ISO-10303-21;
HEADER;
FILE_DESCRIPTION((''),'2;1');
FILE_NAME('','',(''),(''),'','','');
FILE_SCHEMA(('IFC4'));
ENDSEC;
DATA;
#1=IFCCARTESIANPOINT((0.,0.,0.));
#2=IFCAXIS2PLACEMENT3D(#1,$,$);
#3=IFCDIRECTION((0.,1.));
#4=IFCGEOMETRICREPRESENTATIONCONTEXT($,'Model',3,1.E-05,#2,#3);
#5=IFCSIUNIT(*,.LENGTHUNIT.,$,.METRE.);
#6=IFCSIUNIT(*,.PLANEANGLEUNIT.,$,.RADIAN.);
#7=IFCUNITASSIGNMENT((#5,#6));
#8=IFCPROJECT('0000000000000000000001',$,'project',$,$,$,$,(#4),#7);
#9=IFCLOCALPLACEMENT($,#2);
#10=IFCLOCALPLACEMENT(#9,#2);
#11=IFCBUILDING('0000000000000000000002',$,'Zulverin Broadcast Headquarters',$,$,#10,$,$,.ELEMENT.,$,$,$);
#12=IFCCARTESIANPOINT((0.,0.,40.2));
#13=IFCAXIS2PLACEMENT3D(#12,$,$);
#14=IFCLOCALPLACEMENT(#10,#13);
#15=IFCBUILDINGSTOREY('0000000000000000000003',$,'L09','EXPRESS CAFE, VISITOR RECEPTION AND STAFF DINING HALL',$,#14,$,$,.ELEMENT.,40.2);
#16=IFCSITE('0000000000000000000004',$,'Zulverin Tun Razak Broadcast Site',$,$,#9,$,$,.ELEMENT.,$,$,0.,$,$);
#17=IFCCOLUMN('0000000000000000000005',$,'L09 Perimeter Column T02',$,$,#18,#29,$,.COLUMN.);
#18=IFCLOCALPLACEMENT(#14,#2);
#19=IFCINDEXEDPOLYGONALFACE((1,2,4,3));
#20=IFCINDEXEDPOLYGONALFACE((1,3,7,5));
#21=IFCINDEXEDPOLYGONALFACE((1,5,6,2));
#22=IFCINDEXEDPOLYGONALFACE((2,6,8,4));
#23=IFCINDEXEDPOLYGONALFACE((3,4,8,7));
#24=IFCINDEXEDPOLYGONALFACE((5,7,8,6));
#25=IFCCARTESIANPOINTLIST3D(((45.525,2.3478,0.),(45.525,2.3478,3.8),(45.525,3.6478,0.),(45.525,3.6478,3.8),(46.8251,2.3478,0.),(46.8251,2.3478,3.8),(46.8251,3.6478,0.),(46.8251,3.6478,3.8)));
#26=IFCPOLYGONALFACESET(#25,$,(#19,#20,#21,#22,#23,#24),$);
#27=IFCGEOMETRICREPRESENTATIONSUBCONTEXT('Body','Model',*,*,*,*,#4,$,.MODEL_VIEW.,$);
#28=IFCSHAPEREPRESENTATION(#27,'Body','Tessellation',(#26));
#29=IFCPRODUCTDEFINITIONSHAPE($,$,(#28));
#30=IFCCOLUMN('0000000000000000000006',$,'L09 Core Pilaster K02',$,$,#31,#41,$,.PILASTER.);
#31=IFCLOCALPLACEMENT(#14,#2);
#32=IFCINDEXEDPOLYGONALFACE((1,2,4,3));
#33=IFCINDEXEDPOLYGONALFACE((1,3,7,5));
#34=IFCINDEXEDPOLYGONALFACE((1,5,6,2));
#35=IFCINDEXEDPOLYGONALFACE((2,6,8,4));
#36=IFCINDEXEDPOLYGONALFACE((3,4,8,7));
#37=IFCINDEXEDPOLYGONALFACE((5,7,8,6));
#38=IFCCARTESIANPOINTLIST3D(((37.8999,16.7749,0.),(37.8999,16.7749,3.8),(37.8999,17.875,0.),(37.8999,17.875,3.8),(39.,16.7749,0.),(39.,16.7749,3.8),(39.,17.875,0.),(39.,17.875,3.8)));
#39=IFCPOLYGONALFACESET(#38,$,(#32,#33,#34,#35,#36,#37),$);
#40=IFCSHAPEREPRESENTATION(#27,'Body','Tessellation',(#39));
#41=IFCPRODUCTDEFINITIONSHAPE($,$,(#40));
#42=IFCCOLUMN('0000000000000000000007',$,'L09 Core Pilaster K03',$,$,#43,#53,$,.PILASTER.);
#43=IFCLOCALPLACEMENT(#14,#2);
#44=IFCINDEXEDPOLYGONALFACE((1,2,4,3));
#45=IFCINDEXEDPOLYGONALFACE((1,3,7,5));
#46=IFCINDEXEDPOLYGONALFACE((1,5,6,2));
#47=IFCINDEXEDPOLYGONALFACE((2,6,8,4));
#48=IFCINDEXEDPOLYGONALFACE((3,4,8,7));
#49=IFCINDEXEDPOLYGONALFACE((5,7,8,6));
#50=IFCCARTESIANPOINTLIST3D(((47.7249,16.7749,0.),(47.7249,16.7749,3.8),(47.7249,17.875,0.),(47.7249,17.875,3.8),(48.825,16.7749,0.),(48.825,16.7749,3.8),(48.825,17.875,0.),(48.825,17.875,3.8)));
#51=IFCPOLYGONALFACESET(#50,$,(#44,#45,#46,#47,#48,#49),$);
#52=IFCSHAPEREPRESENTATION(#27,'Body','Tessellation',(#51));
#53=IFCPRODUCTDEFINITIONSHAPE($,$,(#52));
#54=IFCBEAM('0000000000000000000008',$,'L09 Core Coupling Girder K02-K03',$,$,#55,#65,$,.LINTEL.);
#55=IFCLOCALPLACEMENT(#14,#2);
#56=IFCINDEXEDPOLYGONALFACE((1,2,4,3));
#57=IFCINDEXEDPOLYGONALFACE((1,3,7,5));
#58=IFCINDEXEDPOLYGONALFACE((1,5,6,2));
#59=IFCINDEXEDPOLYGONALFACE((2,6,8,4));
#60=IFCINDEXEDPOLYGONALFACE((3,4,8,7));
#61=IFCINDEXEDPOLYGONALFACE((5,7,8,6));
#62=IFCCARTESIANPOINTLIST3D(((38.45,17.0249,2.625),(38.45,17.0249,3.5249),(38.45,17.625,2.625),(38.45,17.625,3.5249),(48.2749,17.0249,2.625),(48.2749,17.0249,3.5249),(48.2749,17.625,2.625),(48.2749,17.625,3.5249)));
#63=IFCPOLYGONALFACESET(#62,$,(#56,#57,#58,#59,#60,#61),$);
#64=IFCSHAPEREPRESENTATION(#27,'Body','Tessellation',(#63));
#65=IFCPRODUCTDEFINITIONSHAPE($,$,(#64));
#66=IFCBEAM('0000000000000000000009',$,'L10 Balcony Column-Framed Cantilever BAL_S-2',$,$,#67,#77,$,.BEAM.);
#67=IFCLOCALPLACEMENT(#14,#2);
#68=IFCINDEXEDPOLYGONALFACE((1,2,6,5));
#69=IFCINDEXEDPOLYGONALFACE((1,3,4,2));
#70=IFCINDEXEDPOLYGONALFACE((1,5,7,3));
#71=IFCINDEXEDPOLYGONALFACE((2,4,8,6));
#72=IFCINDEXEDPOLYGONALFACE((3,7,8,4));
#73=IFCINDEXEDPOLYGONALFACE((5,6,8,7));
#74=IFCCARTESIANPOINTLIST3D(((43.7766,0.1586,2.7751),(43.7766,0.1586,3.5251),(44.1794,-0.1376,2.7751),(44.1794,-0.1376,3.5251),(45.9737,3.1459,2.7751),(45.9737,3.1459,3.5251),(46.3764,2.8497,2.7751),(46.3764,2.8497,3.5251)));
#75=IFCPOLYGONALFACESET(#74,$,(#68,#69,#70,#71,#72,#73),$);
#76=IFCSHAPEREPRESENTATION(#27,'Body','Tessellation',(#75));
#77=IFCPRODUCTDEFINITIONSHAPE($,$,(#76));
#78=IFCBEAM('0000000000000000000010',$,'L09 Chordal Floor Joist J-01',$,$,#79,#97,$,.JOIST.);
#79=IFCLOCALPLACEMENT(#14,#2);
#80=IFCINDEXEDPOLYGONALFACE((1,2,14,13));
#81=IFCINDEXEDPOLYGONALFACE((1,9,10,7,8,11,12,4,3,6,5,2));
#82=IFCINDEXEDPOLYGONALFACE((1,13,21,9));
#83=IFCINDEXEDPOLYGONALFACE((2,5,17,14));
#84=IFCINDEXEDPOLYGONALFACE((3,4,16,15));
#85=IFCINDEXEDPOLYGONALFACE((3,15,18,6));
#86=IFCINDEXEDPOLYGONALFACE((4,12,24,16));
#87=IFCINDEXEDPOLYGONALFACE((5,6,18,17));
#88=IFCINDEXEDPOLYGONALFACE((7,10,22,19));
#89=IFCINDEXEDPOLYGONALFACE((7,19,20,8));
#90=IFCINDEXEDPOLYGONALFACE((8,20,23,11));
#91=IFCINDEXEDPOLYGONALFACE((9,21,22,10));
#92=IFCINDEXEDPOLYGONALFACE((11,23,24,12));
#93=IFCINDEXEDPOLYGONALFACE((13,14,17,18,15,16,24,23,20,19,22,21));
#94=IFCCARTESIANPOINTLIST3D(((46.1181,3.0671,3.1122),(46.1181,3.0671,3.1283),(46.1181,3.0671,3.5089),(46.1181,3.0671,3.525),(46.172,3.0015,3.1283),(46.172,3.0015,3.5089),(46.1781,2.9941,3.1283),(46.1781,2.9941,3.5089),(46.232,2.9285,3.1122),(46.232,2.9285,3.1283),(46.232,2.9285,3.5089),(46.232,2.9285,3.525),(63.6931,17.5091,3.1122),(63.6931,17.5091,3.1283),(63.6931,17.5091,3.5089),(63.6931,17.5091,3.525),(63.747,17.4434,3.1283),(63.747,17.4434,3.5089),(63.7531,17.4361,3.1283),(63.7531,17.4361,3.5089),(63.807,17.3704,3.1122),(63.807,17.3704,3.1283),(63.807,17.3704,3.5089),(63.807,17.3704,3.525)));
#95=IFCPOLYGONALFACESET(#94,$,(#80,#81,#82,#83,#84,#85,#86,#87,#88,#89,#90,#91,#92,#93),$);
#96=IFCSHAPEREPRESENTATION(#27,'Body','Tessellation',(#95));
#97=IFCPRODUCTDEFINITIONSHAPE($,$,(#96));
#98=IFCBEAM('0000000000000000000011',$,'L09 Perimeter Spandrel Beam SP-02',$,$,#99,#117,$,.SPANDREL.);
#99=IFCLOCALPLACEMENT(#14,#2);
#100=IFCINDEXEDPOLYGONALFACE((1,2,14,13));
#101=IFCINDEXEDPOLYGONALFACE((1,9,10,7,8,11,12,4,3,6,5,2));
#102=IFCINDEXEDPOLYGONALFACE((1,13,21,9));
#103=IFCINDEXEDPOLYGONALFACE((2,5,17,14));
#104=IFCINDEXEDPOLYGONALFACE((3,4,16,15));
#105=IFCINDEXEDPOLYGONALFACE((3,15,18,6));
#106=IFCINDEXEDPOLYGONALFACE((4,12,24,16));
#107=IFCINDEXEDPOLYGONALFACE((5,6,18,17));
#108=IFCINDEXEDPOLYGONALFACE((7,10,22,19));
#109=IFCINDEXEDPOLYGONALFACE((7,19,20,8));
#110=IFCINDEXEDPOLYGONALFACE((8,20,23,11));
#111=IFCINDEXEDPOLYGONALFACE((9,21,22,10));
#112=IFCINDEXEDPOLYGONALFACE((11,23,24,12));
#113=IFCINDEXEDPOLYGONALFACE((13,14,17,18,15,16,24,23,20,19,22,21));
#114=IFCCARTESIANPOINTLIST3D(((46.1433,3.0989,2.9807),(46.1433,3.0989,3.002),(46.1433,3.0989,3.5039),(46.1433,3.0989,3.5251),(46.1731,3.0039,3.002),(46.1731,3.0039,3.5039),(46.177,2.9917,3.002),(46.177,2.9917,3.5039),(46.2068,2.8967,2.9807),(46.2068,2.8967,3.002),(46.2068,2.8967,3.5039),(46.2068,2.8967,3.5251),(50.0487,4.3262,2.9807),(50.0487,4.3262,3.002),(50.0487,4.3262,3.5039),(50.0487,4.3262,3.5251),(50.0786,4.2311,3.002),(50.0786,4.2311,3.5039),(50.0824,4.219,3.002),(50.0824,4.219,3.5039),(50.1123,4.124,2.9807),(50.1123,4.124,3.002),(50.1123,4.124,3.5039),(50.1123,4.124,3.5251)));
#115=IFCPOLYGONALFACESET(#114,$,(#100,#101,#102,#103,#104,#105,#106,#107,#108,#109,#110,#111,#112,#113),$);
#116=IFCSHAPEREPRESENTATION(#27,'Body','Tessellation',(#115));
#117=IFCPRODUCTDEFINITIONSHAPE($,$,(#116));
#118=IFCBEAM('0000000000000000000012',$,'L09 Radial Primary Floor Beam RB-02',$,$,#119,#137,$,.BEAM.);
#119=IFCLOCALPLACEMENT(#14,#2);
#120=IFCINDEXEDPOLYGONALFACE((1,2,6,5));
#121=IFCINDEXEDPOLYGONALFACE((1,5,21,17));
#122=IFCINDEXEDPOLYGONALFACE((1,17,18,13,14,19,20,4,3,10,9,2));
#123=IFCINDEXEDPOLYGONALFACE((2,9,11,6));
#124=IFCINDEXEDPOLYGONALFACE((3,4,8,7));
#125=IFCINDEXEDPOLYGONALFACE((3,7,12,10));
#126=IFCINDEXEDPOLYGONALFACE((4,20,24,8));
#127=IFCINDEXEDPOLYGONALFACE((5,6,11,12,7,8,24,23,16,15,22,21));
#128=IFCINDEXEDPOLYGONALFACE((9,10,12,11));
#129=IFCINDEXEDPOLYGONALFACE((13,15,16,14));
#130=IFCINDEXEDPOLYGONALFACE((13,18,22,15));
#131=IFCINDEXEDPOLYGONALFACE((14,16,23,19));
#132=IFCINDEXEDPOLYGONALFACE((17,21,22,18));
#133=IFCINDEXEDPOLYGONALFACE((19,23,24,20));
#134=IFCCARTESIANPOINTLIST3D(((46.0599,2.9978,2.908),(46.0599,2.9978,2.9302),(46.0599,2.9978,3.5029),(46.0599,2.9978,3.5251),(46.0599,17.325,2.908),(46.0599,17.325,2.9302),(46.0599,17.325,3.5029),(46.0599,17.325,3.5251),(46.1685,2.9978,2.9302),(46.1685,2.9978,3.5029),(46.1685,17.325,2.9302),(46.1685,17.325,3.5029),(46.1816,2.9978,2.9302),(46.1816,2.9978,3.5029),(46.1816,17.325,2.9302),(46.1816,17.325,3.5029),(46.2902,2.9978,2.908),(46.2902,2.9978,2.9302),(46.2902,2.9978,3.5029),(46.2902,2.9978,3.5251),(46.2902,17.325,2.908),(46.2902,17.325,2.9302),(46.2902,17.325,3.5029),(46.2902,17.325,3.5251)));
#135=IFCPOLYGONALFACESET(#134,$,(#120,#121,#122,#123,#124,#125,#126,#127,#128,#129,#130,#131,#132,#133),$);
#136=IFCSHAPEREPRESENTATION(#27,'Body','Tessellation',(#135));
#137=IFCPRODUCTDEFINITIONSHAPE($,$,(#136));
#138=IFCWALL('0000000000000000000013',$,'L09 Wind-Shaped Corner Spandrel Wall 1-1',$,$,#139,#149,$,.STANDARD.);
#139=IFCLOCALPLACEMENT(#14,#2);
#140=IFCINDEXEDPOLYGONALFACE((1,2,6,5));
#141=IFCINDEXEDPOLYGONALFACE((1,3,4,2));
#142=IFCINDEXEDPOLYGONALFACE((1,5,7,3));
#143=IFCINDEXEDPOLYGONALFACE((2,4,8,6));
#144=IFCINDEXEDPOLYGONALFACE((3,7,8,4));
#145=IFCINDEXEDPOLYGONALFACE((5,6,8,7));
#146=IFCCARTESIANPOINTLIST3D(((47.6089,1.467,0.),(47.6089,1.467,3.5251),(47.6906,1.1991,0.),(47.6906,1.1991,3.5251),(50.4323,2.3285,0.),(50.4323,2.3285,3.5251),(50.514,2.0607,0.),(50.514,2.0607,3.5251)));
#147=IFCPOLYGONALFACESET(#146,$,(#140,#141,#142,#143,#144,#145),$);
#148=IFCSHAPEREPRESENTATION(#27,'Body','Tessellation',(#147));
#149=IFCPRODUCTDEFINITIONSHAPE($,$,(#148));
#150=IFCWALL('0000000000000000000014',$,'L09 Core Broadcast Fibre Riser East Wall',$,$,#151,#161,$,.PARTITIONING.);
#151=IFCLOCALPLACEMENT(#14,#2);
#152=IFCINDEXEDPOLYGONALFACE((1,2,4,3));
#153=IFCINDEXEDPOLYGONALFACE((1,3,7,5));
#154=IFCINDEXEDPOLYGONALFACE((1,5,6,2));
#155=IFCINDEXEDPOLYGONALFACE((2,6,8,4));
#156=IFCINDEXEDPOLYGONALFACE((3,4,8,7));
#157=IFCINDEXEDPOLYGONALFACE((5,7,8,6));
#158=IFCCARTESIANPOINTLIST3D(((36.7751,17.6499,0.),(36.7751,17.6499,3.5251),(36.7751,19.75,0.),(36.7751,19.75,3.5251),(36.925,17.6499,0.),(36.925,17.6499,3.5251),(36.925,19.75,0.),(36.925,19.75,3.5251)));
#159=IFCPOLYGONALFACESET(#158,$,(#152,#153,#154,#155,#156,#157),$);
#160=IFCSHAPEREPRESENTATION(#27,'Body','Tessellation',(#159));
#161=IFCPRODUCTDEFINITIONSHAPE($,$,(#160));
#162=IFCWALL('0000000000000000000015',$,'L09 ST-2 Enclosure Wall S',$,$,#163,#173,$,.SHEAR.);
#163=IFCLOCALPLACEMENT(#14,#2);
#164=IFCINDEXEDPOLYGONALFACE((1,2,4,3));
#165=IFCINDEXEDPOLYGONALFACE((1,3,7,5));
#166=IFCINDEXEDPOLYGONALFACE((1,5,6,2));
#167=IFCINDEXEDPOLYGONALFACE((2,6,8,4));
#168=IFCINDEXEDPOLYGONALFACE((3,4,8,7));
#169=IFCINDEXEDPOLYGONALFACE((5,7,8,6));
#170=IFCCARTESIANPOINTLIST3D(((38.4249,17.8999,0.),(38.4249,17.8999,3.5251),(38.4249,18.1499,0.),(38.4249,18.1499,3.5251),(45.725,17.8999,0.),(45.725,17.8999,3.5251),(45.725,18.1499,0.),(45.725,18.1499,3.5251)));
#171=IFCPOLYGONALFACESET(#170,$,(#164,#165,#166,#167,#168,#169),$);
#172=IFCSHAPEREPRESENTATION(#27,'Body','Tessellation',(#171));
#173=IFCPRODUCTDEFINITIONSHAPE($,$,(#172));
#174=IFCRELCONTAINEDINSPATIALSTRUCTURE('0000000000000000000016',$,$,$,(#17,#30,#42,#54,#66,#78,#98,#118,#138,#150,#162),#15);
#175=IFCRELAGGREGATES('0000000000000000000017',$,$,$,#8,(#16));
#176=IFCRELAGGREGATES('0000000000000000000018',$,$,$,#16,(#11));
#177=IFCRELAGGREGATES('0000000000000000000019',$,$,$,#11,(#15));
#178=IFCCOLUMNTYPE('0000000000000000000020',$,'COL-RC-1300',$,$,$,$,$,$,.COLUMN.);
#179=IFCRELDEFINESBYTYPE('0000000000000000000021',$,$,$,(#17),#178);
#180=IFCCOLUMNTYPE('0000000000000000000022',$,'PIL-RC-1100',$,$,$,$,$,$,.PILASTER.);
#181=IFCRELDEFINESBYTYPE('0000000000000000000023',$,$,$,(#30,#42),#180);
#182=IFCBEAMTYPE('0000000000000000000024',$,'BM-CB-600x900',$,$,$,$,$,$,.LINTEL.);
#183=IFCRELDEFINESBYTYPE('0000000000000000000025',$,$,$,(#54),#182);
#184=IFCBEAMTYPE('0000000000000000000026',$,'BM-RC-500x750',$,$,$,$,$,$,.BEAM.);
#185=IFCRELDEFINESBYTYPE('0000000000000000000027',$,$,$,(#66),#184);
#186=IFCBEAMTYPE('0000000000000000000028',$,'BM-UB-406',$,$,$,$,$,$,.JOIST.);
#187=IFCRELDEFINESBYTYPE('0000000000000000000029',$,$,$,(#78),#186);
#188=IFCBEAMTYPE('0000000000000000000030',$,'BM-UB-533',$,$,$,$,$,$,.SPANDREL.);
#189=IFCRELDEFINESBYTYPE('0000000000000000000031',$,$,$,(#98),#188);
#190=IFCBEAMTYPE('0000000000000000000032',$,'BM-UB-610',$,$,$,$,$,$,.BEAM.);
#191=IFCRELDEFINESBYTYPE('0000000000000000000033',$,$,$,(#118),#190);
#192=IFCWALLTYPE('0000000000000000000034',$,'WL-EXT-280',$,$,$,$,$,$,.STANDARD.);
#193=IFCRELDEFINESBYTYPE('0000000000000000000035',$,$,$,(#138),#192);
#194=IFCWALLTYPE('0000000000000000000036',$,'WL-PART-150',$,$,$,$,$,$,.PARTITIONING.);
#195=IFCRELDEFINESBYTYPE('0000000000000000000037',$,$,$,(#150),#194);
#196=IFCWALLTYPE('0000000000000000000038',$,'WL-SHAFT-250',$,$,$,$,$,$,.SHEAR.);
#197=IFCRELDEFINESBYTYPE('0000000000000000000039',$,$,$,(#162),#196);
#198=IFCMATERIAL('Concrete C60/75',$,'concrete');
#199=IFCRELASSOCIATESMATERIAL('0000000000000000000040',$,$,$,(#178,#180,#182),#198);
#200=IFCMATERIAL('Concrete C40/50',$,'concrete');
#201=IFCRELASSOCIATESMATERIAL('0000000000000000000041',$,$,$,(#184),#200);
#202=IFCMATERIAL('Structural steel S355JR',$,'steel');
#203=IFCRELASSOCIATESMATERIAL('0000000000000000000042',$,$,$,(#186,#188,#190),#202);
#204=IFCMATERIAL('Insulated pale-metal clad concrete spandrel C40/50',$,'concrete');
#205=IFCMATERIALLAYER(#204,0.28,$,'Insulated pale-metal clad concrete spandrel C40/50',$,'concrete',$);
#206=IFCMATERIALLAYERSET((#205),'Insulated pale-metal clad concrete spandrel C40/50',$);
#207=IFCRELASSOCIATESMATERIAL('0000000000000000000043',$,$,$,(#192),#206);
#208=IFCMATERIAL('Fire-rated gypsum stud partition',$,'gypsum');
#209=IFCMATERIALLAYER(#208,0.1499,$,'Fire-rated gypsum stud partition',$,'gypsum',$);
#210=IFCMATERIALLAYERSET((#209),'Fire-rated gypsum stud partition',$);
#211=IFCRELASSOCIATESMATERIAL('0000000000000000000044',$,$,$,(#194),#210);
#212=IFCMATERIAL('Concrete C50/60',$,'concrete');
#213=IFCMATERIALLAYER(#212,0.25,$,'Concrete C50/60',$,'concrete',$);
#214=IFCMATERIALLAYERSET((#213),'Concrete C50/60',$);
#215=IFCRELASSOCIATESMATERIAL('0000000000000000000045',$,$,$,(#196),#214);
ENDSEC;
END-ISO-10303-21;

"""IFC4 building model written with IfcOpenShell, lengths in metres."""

from ifc_helpers import new_model, si_unit, direction, frame, frame_2d, origin, origin_2d, place, context, subcontext, project, spatial, rectangle, i_section, extrude, material, layer, layer_set, material_profile, profile_set, type_object, element, save


model = new_model("IFC4")

# Units and contexts
model_context = context("Model", 3, precision=1e-05, world=origin(), true_north=direction((0.0, 1.0)))
body_context = subcontext(model_context, "Body", "Model", "MODEL_VIEW")
ifc_project = project(units=[si_unit("LENGTHUNIT", "METRE"), si_unit("PLANEANGLEUNIT", "RADIAN")], contexts=[model_context])

# Site, building, storey
site_placement = place(None, origin())
site = spatial("IfcSite", under=ifc_project, at=site_placement, Name="Zulverin Tun Razak Broadcast Site", CompositionType="ELEMENT", RefElevation=0.0)
building_placement = place(site_placement, origin())
building = spatial("IfcBuilding", under=site, at=building_placement, Name="Zulverin Broadcast Headquarters", CompositionType="ELEMENT")
storey_placement = place(building_placement, frame((0.0, 0.0, 40.2)))
storey = spatial("IfcBuildingStorey", under=building, at=storey_placement, Name="L09", Description="EXPRESS CAFE, VISITOR RECEPTION AND STAFF DINING HALL", CompositionType="ELEMENT", Elevation=40.2)

# Columns
ifc_material_1 = material(Name="Concrete C60/75", Category="concrete")
ifc_material_profile_1 = material_profile(ifc_material_1, rectangle(XDim=1.3, YDim=1.3, at=origin_2d()), Name="Concrete C60/75", Category="concrete")
ifc_profile_set_1 = profile_set([ifc_material_profile_1], Name="Concrete C60/75")
column_type_1 = type_object("IfcColumnType", Name="COL-RC-1300", PredefinedType="COLUMN", material=ifc_profile_set_1)
column_placement = place(storey_placement, frame((46.175, 2.9978, 0.0), z_axis=(0.0, 0.0, 1.0), x_axis=(1.0, 0.0, 0.0)))
element("IfcColumn", 1, at=column_placement, inside=storey, type_object=column_type_1, Name="L09 Perimeter Column T02", PredefinedType="COLUMN", context=body_context, shape_type="SweptSolid", body=[
    extrude(rectangle(XDim=1.3, YDim=1.3, at=origin_2d()), origin(), (0.0, 0.0, 1.0), 3.8),
])
ifc_material_profile_2 = material_profile(ifc_material_1, rectangle(XDim=1.1001, YDim=1.1001, at=origin_2d()), Name="Concrete C60/75", Category="concrete")
ifc_profile_set_2 = profile_set([ifc_material_profile_2], Name="Concrete C60/75")
column_type_2 = type_object("IfcColumnType", Name="PIL-RC-1100", PredefinedType="PILASTER", material=ifc_profile_set_2)
for number, where, z_axis, x_axis, name in (
    (2, (38.45, 17.325, 0.0), (0.0, 0.0, 1.0), (1.0, 0.0, 0.0), "L09 Core Pilaster K02"),
    (3, (48.2749, 17.325, 0.0), (0.0, 0.0, 1.0), (1.0, 0.0, 0.0), "L09 Core Pilaster K03"),
):
    element("IfcColumn", number, at=place(storey_placement, frame(where, z_axis=z_axis, x_axis=x_axis)), inside=storey, type_object=column_type_2, Name=name, PredefinedType="PILASTER", context=body_context, shape_type="SweptSolid", body=[
        extrude(rectangle(XDim=1.1001, YDim=1.1001, at=origin_2d()), origin(), (0.0, 0.0, 1.0), 3.8),
    ])

# Beams
ifc_material_profile_3 = material_profile(ifc_material_1, rectangle(XDim=0.6001, YDim=0.8999, at=origin_2d()), Name="Concrete C60/75", Category="concrete")
ifc_profile_set_3 = profile_set([ifc_material_profile_3], Name="Concrete C60/75")
beam_type_1 = type_object("IfcBeamType", Name="BM-CB-600x900", PredefinedType="LINTEL", material=ifc_profile_set_3)
beam_1_placement = place(storey_placement, frame((38.45, 17.325, 3.075), z_axis=(1.0, 0.0, 0.0), x_axis=(0.0, 1.0, 0.0)))
element("IfcBeam", 4, at=beam_1_placement, inside=storey, type_object=beam_type_1, Name="L09 Core Coupling Girder K02-K03", PredefinedType="LINTEL", context=body_context, shape_type="SweptSolid", body=[
    extrude(rectangle(XDim=0.6001, YDim=0.8999, at=origin_2d()), origin(), (0.0, 0.0, 1.0), 9.825),
])
ifc_material_2 = material(Name="Concrete C40/50", Category="concrete")
ifc_material_profile_4 = material_profile(ifc_material_2, rectangle(XDim=0.5, YDim=0.75, at=origin_2d()), Name="Concrete C40/50", Category="concrete")
ifc_profile_set_4 = profile_set([ifc_material_profile_4], Name="Concrete C40/50")
beam_type_2 = type_object("IfcBeamType", Name="BM-RC-500x750", PredefinedType="BEAM", material=ifc_profile_set_4)
beam_2_placement = place(storey_placement, frame((46.175, 2.9978, 3.1501), z_axis=(-0.592473, -0.80559, 0.0), x_axis=(0.80559, -0.592473, 0.0)))
element("IfcBeam", 5, at=beam_2_placement, inside=storey, type_object=beam_type_2, Name="L10 Balcony Column-Framed Cantilever BAL_S-2", PredefinedType="BEAM", context=body_context, shape_type="SweptSolid", body=[
    extrude(rectangle(XDim=0.5, YDim=0.75, at=origin_2d()), origin(), (0.0, 0.0, 1.0), 3.7083),
])
ifc_material_3 = material(Name="Structural steel S355JR", Category="steel")
ifc_material_profile_5 = material_profile(ifc_material_3, i_section(OverallWidth=0.1794, OverallDepth=0.4128, WebThickness=0.0095, FlangeThickness=0.0161, at=origin_2d()), Name="Structural steel S355JR", Category="steel")
ifc_profile_set_5 = profile_set([ifc_material_profile_5], Name="Structural steel S355JR")
beam_type_3 = type_object("IfcBeamType", Name="BM-UB-406", PredefinedType="JOIST", material=ifc_profile_set_5)
beam_3_placement = place(storey_placement, frame((46.175, 2.9978, 3.3186), z_axis=(0.772611, 0.634879, 0.0), x_axis=(-0.634879, 0.772611, 0.0)))
element("IfcBeam", 6, at=beam_3_placement, inside=storey, type_object=beam_type_3, Name="L09 Chordal Floor Joist J-01", PredefinedType="JOIST", context=body_context, shape_type="SweptSolid", body=[
    extrude(i_section(OverallWidth=0.1794, OverallDepth=0.4128, WebThickness=0.0095, FlangeThickness=0.0161, at=origin_2d()), origin(), (0.0, 0.0, 1.0), 22.7476),
])
ifc_material_profile_6 = material_profile(ifc_material_3, i_section(OverallWidth=0.2119, OverallDepth=0.5444, WebThickness=0.0127, FlangeThickness=0.0212, at=origin_2d()), Name="Structural steel S355JR", Category="steel")
ifc_profile_set_6 = profile_set([ifc_material_profile_6], Name="Structural steel S355JR")
beam_type_4 = type_object("IfcBeamType", Name="BM-UB-533", PredefinedType="SPANDREL", material=ifc_profile_set_6)
beam_4_placement = place(storey_placement, frame((46.175, 2.9978, 3.2529), z_axis=(0.954004, 0.299792, 0.0), x_axis=(-0.299792, 0.954004, 0.0)))
element("IfcBeam", 7, at=beam_4_placement, inside=storey, type_object=beam_type_4, Name="L09 Perimeter Spandrel Beam SP-02", PredefinedType="SPANDREL", context=body_context, shape_type="SweptSolid", body=[
    extrude(i_section(OverallWidth=0.2119, OverallDepth=0.5444, WebThickness=0.0127, FlangeThickness=0.0212, at=origin_2d()), origin(), (0.0, 0.0, 1.0), 4.0938),
])
ifc_material_profile_7 = material_profile(ifc_material_3, i_section(OverallWidth=0.2302, OverallDepth=0.6172, WebThickness=0.0132, FlangeThickness=0.0222, at=origin_2d()), Name="Structural steel S355JR", Category="steel")
ifc_profile_set_7 = profile_set([ifc_material_profile_7], Name="Structural steel S355JR")
beam_type_5 = type_object("IfcBeamType", Name="BM-UB-610", PredefinedType="BEAM", material=ifc_profile_set_7)
beam_5_placement = place(storey_placement, frame((46.175, 17.325, 3.2166), z_axis=(0.0, -1.0, 0.0), x_axis=(1.0, 0.0, 0.0)))
element("IfcBeam", 8, at=beam_5_placement, inside=storey, type_object=beam_type_5, Name="L09 Radial Primary Floor Beam RB-02", PredefinedType="BEAM", context=body_context, shape_type="SweptSolid", body=[
    extrude(i_section(OverallWidth=0.2302, OverallDepth=0.6172, WebThickness=0.0132, FlangeThickness=0.0222, at=origin_2d()), origin(), (0.0, 0.0, 1.0), 14.3271),
])

# Walls
ifc_material_4 = material(Name="Insulated pale-metal clad concrete spandrel C40/50", Category="concrete")
ifc_layer_1 = layer(ifc_material_4, 0.28, Name="Insulated pale-metal clad concrete spandrel C40/50", Category="concrete")
ifc_layer_set_1 = layer_set([ifc_layer_1], Name="Insulated pale-metal clad concrete spandrel C40/50")
wall_type_1 = type_object("IfcWallType", Name="WL-EXT-280", PredefinedType="STANDARD", material=ifc_layer_set_1)
wall_1_placement = place(storey_placement, frame((47.6497, 1.333, 0.0), z_axis=(0.0, 0.0, 1.0), x_axis=(0.956461, 0.291859, 0.0)))
element("IfcWall", 9, at=wall_1_placement, inside=storey, type_object=wall_type_1, Name="L09 Wind-Shaped Corner Spandrel Wall 1-1", PredefinedType="STANDARD", context=body_context, shape_type="SweptSolid", body=[
    extrude(rectangle(XDim=2.9519, YDim=0.28, at=frame_2d((1.4761, 0.0))), origin(), (0.0, 0.0, 1.0), 3.5251),
])
ifc_material_5 = material(Name="Fire-rated gypsum stud partition", Category="gypsum")
ifc_layer_2 = layer(ifc_material_5, 0.1499, Name="Fire-rated gypsum stud partition", Category="gypsum")
ifc_layer_set_2 = layer_set([ifc_layer_2], Name="Fire-rated gypsum stud partition")
wall_type_2 = type_object("IfcWallType", Name="WL-PART-150", PredefinedType="PARTITIONING", material=ifc_layer_set_2)
wall_2_placement = place(storey_placement, frame((36.8501, 17.6499, 0.0), z_axis=(0.0, 0.0, 1.0), x_axis=(0.0, 1.0, 0.0)))
element("IfcWall", 10, at=wall_2_placement, inside=storey, type_object=wall_type_2, Name="L09 Core Broadcast Fibre Riser East Wall", PredefinedType="PARTITIONING", context=body_context, shape_type="SweptSolid", body=[
    extrude(rectangle(XDim=2.1001, YDim=0.1499, at=frame_2d((1.05, 0.0))), origin(), (0.0, 0.0, 1.0), 3.5251),
])
ifc_material_6 = material(Name="Concrete C50/60", Category="concrete")
ifc_layer_3 = layer(ifc_material_6, 0.25, Name="Concrete C50/60", Category="concrete")
ifc_layer_set_3 = layer_set([ifc_layer_3], Name="Concrete C50/60")
wall_type_3 = type_object("IfcWallType", Name="WL-SHAFT-250", PredefinedType="SHEAR", material=ifc_layer_set_3)
wall_3_placement = place(storey_placement, frame((38.425, 18.0249, 0.0), z_axis=(0.0, 0.0, 1.0), x_axis=(1.0, 0.0, 0.0)))
element("IfcWall", 11, at=wall_3_placement, inside=storey, type_object=wall_type_3, Name="L09 ST-2 Enclosure Wall S", PredefinedType="SHEAR", context=body_context, shape_type="SweptSolid", body=[
    extrude(rectangle(XDim=7.3, YDim=0.25, at=frame_2d((3.6499, 0.0))), origin(), (0.0, 0.0, 1.0), 3.5251),
])

save(model, "model.ifc")
